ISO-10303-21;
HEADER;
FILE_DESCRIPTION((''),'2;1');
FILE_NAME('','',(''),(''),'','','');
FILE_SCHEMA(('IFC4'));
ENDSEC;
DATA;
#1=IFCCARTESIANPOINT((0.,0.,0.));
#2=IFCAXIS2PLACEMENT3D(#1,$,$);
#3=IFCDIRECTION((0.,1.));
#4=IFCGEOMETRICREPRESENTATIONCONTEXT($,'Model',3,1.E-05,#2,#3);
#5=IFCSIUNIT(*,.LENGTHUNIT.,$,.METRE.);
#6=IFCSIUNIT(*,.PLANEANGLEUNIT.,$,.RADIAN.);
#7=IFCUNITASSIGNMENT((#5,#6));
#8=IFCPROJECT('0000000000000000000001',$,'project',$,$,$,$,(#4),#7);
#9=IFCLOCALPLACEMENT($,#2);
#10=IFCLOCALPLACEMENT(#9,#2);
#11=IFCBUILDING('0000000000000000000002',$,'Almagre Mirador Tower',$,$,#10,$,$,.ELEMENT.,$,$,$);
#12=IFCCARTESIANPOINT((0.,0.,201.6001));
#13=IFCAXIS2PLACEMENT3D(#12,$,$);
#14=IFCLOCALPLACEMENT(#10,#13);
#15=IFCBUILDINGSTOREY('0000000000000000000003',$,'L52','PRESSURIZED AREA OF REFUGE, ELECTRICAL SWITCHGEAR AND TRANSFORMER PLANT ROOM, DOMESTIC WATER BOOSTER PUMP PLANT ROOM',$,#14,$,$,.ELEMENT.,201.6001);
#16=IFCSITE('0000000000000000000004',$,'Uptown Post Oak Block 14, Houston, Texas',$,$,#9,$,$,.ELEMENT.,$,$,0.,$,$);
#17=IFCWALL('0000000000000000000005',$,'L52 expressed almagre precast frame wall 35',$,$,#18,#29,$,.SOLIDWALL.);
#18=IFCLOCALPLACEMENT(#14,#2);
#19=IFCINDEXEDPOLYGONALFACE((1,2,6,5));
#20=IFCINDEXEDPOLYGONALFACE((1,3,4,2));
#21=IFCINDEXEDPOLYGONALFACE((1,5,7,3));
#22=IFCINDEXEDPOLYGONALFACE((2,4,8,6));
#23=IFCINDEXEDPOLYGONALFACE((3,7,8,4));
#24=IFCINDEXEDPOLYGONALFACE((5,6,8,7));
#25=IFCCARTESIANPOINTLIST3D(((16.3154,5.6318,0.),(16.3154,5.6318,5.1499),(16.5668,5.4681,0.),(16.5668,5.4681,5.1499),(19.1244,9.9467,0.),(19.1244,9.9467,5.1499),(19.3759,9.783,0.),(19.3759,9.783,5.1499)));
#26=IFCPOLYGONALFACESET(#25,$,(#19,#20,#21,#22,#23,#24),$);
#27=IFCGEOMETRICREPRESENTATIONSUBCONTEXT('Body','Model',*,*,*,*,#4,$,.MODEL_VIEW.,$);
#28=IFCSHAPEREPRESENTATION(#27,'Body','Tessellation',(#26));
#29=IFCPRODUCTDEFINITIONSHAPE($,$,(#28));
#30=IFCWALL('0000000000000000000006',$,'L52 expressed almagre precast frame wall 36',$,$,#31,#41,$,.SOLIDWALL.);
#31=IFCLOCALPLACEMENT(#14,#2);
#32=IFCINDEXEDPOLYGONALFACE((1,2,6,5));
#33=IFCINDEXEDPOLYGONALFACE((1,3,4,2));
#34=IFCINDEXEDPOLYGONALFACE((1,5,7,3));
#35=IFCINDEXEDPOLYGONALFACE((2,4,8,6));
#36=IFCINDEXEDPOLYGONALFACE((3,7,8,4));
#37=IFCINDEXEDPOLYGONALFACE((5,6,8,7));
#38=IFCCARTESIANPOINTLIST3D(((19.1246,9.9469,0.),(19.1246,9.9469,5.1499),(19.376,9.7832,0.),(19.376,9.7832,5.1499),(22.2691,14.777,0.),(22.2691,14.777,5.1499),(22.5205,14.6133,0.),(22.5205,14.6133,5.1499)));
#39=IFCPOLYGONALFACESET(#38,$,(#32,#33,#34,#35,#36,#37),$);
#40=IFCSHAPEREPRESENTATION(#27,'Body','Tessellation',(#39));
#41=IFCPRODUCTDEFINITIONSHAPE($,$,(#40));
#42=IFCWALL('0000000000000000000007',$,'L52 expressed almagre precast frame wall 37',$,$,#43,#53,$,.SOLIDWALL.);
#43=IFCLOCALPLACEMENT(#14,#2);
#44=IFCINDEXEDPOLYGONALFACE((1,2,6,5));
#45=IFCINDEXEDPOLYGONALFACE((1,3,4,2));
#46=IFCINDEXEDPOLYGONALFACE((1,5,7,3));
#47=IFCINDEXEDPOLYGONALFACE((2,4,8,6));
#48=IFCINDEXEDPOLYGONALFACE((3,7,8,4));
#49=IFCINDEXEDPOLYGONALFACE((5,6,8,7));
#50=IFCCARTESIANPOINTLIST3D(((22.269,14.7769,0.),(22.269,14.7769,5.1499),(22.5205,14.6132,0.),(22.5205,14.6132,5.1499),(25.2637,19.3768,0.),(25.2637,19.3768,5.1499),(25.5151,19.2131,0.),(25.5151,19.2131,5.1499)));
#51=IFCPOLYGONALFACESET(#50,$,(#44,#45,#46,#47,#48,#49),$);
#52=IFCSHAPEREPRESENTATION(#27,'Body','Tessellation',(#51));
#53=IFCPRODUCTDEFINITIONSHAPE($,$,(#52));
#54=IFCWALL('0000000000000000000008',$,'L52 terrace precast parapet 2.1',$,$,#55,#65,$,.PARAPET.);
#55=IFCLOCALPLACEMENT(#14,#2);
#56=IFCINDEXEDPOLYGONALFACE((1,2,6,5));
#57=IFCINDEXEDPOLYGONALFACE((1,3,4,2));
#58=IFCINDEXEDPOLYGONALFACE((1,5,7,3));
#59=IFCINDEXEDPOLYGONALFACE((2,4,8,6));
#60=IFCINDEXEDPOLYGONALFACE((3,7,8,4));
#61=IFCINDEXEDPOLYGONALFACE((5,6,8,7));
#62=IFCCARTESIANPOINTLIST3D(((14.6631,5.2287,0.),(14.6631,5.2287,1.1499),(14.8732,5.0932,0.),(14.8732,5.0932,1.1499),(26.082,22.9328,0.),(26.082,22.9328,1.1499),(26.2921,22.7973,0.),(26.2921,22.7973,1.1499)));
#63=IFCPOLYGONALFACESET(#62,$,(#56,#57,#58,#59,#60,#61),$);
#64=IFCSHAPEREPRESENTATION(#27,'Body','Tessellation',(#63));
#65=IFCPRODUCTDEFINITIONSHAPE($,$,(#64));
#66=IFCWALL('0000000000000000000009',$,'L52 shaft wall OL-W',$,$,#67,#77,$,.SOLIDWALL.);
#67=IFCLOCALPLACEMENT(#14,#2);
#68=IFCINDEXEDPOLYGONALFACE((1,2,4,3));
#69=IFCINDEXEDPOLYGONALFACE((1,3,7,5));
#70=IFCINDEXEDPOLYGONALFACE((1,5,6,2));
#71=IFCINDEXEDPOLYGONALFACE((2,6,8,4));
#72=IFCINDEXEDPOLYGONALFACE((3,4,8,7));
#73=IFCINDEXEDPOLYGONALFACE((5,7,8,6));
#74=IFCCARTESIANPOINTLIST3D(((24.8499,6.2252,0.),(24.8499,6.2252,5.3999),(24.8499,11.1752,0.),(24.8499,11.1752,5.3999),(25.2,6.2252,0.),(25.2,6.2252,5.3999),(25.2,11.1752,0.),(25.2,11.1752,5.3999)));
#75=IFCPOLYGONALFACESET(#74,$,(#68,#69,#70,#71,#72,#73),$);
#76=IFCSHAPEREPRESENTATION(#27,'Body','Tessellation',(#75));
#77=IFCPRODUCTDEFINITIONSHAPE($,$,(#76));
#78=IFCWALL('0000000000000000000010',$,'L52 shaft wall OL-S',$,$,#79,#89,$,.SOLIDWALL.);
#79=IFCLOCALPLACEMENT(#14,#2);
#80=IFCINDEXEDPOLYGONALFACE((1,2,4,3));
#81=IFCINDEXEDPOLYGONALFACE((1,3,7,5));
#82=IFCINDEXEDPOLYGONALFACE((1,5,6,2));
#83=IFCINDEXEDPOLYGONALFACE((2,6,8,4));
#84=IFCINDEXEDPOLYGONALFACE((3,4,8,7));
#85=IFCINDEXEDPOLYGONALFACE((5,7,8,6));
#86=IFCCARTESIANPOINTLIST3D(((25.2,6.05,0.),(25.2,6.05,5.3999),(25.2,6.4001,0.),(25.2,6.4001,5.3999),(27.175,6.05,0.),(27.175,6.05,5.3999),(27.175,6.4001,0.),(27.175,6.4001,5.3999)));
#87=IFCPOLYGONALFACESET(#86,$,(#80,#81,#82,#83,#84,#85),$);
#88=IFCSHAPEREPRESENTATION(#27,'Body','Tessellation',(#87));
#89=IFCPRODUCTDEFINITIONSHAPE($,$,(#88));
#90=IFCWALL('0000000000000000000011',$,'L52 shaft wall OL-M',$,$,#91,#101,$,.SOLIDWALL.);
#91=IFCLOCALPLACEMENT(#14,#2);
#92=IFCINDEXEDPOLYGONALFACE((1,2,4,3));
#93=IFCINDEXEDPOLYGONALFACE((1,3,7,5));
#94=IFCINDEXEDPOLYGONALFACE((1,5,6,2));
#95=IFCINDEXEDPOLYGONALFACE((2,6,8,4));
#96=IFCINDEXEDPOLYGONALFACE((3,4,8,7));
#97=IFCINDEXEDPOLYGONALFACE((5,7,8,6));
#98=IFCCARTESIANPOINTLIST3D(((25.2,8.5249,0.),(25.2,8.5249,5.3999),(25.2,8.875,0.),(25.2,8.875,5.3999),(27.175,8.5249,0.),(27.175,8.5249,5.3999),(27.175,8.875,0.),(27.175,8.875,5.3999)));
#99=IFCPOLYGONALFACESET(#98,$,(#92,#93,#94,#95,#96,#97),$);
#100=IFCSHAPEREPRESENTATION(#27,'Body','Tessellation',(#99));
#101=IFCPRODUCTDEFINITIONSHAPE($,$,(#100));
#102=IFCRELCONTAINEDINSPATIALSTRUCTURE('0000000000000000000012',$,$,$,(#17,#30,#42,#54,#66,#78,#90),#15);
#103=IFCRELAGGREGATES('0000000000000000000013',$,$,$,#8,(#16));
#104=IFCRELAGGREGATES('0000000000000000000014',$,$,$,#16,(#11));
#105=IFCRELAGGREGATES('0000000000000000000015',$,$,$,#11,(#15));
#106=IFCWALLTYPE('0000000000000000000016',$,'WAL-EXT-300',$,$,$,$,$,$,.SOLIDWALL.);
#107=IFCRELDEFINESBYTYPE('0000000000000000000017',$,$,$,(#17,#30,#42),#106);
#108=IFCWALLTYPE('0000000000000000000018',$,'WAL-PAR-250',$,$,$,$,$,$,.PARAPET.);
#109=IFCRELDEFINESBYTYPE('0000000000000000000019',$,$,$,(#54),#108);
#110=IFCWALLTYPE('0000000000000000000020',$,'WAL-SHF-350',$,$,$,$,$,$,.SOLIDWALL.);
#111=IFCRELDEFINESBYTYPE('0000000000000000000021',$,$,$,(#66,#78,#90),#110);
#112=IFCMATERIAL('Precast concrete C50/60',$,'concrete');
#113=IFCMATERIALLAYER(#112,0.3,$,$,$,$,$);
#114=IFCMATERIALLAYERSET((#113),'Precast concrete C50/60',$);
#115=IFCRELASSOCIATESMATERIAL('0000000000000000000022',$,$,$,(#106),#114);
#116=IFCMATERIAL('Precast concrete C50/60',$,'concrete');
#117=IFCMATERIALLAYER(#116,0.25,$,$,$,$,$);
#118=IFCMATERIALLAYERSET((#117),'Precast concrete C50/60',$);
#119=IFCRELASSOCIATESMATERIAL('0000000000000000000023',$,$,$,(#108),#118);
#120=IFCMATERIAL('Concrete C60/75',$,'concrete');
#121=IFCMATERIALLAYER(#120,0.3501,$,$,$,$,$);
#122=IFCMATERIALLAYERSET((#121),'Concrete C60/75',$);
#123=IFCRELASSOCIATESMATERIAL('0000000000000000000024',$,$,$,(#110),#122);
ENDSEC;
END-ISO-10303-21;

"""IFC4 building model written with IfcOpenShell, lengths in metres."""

from ifc_helpers import new_model, si_unit, direction, frame, frame_2d, origin, place, context, subcontext, project, spatial, rectangle, extrude, material, layer, layer_set, type_object, element, save


model = new_model("IFC4")

# Units and contexts
model_context = context("Model", 3, precision=1e-05, world=origin(), true_north=direction((0.0, 1.0)))
body_context = subcontext(model_context, "Body", "Model", "MODEL_VIEW")
ifc_project = project(units=[si_unit("LENGTHUNIT", "METRE"), si_unit("PLANEANGLEUNIT", "RADIAN")], contexts=[model_context])

# Site, building, storey
site_placement = place(None, origin())
site = spatial("IfcSite", under=ifc_project, at=site_placement, Name="Uptown Post Oak Block 14, Houston, Texas", CompositionType="ELEMENT", RefElevation=0.0)
building_placement = place(site_placement, origin())
building = spatial("IfcBuilding", under=site, at=building_placement, Name="Almagre Mirador Tower", CompositionType="ELEMENT")
storey_placement = place(building_placement, frame((0.0, 0.0, 201.6001)))
storey = spatial("IfcBuildingStorey", under=building, at=storey_placement, Name="L52", Description="PRESSURIZED AREA OF REFUGE, ELECTRICAL SWITCHGEAR AND TRANSFORMER PLANT ROOM, DOMESTIC WATER BOOSTER PUMP PLANT ROOM", CompositionType="ELEMENT", Elevation=201.6001)

# Walls
ifc_material_1 = material(Name="Precast concrete C50/60", Category="concrete")
ifc_layer_1 = layer(ifc_material_1, 0.3)
ifc_layer_set_1 = layer_set([ifc_layer_1], Name="Precast concrete C50/60")
wall_type_1 = type_object("IfcWallType", Name="WAL-EXT-300", PredefinedType="SOLIDWALL", material=ifc_layer_set_1)
wall_1_placement = place(storey_placement, frame((16.4412, 5.55, 0.0), z_axis=(0.0, 0.0, 1.0), x_axis=(0.545585, 0.838056, 0.0)))
element("IfcWall", 1, at=wall_1_placement, inside=storey, type_object=wall_type_1, Name="L52 expressed almagre precast frame wall 35", PredefinedType="SOLIDWALL", context=body_context, shape_type="SweptSolid", body=[
    extrude(rectangle(XDim=5.1487, YDim=0.3, at=frame_2d((2.5742, 0.0))), origin(), (0.0, 0.0, 1.0), 5.1499),
])
wall_2_placement = place(storey_placement, frame((19.2502, 9.865, 0.0), z_axis=(0.0, 0.0, 1.0), x_axis=(0.545596, 0.838049, 0.0)))
element("IfcWall", 2, at=wall_2_placement, inside=storey, type_object=wall_type_1, Name="L52 expressed almagre precast frame wall 36", PredefinedType="SOLIDWALL", context=body_context, shape_type="SweptSolid", body=[
    extrude(rectangle(XDim=5.7634, YDim=0.3, at=frame_2d((2.8818, 0.0))), origin(), (0.0, 0.0, 1.0), 5.1499),
])
wall_3_placement = place(storey_placement, frame((22.3948, 14.6951, 0.0), z_axis=(0.0, 0.0, 1.0), x_axis=(0.545593, 0.83805, 0.0)))
element("IfcWall", 3, at=wall_3_placement, inside=storey, type_object=wall_type_1, Name="L52 expressed almagre precast frame wall 37", PredefinedType="SOLIDWALL", context=body_context, shape_type="SweptSolid", body=[
    extrude(rectangle(XDim=5.4888, YDim=0.3, at=frame_2d((2.7444, 0.0))), origin(), (0.0, 0.0, 1.0), 5.1499),
])
ifc_material_2 = material(Name="Precast concrete C50/60", Category="concrete")
ifc_layer_2 = layer(ifc_material_2, 0.25)
ifc_layer_set_2 = layer_set([ifc_layer_2], Name="Precast concrete C50/60")
wall_type_2 = type_object("IfcWallType", Name="WAL-PAR-250", PredefinedType="PARAPET", material=ifc_layer_set_2)
wall_4_placement = place(storey_placement, frame((14.7681, 5.1609, 0.0), z_axis=(0.0, 0.0, 1.0), x_axis=(0.542024, 0.840363, 0.0)))
element("IfcWall", 4, at=wall_4_placement, inside=storey, type_object=wall_type_2, Name="L52 terrace precast parapet 2.1", PredefinedType="PARAPET", context=body_context, shape_type="SweptSolid", body=[
    extrude(rectangle(XDim=21.0671, YDim=0.25, at=frame_2d((10.5337, 0.0))), origin(), (0.0, 0.0, 1.0), 1.1499),
])
ifc_material_3 = material(Name="Concrete C60/75", Category="concrete")
ifc_layer_3 = layer(ifc_material_3, 0.3501)
ifc_layer_set_3 = layer_set([ifc_layer_3], Name="Concrete C60/75")
wall_type_3 = type_object("IfcWallType", Name="WAL-SHF-350", PredefinedType="SOLIDWALL", material=ifc_layer_set_3)
wall_5_placement = place(storey_placement, frame((25.0249, 6.2251, 0.0), z_axis=(0.0, 0.0, 1.0), x_axis=(0.0, 1.0, 0.0)))
element("IfcWall", 5, at=wall_5_placement, inside=storey, type_object=wall_type_3, Name="L52 shaft wall OL-W", PredefinedType="SOLIDWALL", context=body_context, shape_type="SweptSolid", body=[
    extrude(rectangle(XDim=4.95, YDim=0.3501, at=frame_2d((2.4751, 0.0))), origin(), (0.0, 0.0, 1.0), 5.3999),
])
for number, where, z_axis, x_axis, name in (
    (6, (25.2, 6.2251, 0.0), (0.0, 0.0, 1.0), (1.0, 0.0, 0.0), "L52 shaft wall OL-S"),
    (7, (25.2, 8.7, 0.0), (0.0, 0.0, 1.0), (1.0, 0.0, 0.0), "L52 shaft wall OL-M"),
):
    element("IfcWall", number, at=place(storey_placement, frame(where, z_axis=z_axis, x_axis=x_axis)), inside=storey, type_object=wall_type_3, Name=name, PredefinedType="SOLIDWALL", context=body_context, shape_type="SweptSolid", body=[
        extrude(rectangle(XDim=1.9751, YDim=0.3501, at=frame_2d((0.9875, 0.0))), origin(), (0.0, 0.0, 1.0), 5.3999),
    ])

save(model, "model.ifc")
